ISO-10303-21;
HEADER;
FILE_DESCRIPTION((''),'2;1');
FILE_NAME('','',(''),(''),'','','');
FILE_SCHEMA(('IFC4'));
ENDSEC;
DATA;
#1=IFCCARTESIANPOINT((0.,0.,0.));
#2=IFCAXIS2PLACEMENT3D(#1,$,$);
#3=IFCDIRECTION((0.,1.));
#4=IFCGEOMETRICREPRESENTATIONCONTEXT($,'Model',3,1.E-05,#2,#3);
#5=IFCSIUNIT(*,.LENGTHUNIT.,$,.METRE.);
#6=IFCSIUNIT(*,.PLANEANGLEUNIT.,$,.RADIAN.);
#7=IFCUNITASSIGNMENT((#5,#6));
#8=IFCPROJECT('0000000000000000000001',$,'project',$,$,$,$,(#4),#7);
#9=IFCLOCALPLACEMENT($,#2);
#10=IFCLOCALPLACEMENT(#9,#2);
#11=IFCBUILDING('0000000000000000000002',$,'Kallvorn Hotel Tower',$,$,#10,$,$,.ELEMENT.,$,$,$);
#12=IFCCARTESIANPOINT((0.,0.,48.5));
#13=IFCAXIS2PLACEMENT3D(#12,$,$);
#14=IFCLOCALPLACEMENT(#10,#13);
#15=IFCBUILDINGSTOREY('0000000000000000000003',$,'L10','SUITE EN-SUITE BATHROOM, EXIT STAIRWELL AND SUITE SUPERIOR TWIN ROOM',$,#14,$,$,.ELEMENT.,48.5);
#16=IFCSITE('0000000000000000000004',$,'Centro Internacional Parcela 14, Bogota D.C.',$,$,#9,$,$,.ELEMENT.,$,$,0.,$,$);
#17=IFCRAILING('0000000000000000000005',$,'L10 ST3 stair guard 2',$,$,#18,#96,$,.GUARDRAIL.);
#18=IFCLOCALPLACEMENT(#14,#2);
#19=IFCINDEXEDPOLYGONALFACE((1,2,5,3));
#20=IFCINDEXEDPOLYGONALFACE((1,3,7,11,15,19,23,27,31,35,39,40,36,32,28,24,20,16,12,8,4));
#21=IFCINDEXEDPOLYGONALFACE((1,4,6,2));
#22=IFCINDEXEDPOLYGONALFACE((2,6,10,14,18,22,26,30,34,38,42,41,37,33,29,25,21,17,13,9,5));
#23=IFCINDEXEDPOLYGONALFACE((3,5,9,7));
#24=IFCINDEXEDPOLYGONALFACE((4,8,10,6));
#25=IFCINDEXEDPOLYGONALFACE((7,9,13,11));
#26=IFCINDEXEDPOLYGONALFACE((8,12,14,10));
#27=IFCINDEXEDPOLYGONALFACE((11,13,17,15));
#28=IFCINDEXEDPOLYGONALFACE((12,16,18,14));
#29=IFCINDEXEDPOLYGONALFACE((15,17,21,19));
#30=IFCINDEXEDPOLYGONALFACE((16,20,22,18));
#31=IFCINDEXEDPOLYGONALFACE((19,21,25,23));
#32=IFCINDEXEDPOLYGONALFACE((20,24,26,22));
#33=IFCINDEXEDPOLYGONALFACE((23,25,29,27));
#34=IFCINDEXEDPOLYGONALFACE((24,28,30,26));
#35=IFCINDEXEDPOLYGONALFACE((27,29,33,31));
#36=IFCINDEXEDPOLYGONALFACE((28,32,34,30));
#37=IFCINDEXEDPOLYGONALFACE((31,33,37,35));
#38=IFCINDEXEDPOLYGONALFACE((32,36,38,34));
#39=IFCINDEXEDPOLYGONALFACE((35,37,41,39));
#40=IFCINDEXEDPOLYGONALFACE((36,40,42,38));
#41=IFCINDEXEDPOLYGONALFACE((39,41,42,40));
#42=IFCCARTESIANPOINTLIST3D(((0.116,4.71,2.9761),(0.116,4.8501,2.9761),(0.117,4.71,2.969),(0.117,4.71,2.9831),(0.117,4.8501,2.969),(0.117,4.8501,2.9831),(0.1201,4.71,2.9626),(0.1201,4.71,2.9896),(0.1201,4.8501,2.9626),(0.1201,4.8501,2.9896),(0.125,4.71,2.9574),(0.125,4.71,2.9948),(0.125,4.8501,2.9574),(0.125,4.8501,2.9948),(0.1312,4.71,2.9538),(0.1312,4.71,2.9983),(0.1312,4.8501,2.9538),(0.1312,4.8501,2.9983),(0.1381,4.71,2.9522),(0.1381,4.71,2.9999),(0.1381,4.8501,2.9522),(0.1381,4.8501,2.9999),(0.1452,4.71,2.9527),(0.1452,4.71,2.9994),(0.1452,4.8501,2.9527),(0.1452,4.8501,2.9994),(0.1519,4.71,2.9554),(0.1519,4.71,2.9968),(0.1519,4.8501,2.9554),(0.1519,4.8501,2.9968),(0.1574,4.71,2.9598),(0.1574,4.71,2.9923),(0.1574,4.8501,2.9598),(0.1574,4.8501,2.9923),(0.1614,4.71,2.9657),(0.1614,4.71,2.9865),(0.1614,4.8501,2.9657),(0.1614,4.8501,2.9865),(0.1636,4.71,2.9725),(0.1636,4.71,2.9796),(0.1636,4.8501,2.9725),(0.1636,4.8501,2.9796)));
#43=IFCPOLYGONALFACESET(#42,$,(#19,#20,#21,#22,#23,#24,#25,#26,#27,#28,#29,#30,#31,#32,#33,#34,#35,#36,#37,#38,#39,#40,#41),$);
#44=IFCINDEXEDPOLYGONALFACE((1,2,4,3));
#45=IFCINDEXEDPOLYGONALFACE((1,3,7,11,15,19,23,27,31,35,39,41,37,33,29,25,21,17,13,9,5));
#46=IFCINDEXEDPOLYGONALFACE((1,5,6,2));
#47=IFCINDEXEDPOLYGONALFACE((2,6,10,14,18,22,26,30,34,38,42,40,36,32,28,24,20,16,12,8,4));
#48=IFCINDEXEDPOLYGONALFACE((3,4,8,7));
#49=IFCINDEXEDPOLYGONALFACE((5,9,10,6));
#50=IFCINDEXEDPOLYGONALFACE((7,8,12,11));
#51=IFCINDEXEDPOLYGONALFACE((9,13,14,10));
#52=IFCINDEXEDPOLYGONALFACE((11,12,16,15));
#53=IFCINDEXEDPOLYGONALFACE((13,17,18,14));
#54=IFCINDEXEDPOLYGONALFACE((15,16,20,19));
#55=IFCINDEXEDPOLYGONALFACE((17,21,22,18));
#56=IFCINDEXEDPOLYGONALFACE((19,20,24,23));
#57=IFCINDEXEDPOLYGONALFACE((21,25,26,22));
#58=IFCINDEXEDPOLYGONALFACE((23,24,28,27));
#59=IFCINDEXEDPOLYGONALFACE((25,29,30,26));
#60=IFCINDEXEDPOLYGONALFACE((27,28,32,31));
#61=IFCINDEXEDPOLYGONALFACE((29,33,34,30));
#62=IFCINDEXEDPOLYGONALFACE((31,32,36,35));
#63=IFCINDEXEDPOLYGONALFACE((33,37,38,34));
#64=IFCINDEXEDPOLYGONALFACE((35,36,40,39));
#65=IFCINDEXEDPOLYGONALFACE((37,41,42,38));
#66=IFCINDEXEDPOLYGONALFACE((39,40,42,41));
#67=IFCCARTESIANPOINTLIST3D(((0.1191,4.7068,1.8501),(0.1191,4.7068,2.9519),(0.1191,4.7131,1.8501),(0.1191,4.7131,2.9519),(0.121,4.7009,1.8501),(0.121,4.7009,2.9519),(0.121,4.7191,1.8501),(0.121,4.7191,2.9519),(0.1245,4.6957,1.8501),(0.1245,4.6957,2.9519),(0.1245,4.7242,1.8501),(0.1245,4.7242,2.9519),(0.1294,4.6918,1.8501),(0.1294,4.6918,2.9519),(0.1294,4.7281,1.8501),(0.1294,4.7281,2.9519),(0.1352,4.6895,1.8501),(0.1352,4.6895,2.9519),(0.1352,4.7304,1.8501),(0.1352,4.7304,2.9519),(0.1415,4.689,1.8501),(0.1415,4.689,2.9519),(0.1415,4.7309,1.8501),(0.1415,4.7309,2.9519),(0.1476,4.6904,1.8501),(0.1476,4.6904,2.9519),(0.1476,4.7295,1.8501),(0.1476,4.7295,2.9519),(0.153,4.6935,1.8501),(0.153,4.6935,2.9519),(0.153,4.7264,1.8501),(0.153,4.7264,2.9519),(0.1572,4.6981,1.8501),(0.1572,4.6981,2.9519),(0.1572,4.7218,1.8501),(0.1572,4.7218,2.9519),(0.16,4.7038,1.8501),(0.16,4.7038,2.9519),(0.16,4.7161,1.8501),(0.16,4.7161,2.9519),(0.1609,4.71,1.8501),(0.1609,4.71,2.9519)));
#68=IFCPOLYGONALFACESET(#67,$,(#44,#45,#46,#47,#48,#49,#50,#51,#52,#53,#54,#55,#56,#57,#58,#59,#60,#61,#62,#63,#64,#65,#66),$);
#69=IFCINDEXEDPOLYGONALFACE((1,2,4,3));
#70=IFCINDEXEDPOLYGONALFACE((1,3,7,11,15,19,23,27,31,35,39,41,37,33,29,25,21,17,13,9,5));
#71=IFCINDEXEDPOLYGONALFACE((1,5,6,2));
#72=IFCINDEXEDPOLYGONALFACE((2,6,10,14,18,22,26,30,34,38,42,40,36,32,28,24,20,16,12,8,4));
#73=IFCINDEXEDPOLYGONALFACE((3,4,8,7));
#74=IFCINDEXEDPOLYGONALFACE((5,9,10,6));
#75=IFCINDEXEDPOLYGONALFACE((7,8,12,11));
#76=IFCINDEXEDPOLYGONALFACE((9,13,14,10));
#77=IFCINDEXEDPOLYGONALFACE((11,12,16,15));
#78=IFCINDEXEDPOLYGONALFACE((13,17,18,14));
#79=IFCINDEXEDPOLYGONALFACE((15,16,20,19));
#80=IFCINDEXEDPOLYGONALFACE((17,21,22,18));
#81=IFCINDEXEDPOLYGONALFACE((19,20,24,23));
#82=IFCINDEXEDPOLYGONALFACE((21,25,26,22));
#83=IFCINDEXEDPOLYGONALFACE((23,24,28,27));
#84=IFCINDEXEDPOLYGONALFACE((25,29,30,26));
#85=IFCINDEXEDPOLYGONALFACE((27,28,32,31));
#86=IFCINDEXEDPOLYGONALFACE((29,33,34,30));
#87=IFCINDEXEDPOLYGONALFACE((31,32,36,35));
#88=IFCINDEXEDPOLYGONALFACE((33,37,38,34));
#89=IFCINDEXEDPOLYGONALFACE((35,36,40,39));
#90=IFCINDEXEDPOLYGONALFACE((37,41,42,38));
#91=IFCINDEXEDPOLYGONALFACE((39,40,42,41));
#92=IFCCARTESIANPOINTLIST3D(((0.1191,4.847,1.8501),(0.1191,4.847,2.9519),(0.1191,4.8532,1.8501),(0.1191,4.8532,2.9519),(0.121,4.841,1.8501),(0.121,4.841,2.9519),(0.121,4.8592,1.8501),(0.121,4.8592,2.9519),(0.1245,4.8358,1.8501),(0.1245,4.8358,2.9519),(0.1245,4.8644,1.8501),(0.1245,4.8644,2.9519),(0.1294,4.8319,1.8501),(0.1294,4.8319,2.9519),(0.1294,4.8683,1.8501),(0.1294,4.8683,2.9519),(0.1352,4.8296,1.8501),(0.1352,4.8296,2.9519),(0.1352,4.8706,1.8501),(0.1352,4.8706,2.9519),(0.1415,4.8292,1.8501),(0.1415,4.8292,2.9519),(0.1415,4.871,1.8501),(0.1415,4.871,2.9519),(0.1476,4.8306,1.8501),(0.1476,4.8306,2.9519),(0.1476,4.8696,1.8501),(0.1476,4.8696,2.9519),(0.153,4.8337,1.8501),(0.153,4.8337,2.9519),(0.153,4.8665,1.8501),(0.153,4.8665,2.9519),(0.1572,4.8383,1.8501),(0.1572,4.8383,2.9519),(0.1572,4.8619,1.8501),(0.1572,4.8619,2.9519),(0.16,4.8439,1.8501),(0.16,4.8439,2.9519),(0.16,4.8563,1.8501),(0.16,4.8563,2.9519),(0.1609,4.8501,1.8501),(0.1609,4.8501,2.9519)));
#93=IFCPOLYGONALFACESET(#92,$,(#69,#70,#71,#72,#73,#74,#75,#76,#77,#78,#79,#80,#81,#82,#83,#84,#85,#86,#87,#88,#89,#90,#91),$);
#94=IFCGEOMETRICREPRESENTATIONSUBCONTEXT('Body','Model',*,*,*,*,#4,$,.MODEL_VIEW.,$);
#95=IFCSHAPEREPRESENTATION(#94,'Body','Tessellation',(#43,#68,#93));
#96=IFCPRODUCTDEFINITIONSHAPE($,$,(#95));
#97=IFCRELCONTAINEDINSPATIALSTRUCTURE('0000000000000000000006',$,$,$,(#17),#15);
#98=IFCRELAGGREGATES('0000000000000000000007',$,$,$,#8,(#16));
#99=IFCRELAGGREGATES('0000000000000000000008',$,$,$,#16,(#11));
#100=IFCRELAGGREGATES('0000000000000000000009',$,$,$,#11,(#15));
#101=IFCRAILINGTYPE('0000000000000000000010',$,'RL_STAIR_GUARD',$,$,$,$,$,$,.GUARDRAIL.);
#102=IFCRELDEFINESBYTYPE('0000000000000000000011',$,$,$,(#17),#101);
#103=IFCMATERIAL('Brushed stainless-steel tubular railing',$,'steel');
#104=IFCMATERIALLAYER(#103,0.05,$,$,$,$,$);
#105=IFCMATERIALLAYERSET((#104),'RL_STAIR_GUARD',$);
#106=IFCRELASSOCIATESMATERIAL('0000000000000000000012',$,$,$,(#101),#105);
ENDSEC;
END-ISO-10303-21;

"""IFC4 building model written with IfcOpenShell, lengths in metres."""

from ifc_helpers import new_model, si_unit, direction, frame, origin, origin_2d, place, context, subcontext, project, spatial, circle, extrude, material, layer, layer_set, type_object, element, save


model = new_model("IFC4")

# Units and contexts
model_context = context("Model", 3, precision=1e-05, world=origin(), true_north=direction((0.0, 1.0)))
body_context = subcontext(model_context, "Body", "Model", "MODEL_VIEW")
ifc_project = project(units=[si_unit("LENGTHUNIT", "METRE"), si_unit("PLANEANGLEUNIT", "RADIAN")], contexts=[model_context])

# Site, building, storey
site_placement = place(None, origin())
site = spatial("IfcSite", under=ifc_project, at=site_placement, Name="Centro Internacional Parcela 14, Bogota D.C.", CompositionType="ELEMENT", RefElevation=0.0)
building_placement = place(site_placement, origin())
building = spatial("IfcBuilding", under=site, at=building_placement, Name="Kallvorn Hotel Tower", CompositionType="ELEMENT")
storey_placement = place(building_placement, frame((0.0, 0.0, 48.5)))
storey = spatial("IfcBuildingStorey", under=building, at=storey_placement, Name="L10", Description="SUITE EN-SUITE BATHROOM, EXIT STAIRWELL AND SUITE SUPERIOR TWIN ROOM", CompositionType="ELEMENT", Elevation=48.5)

# Railing
ifc_material_1 = material(Name="Brushed stainless-steel tubular railing", Category="steel")
ifc_layer_1 = layer(ifc_material_1, 0.05)
ifc_layer_set_1 = layer_set([ifc_layer_1], Name="RL_STAIR_GUARD")
railing_type_1 = type_object("IfcRailingType", Name="RL_STAIR_GUARD", PredefinedType="GUARDRAIL", material=ifc_layer_set_1)
railing_1_placement = place(storey_placement, frame((0.1399, 4.71, 1.8501)))
element("IfcRailing", 1, at=railing_1_placement, inside=storey, type_object=railing_type_1, Name="L10 ST3 stair guard 2", PredefinedType="GUARDRAIL", context=body_context, shape_type="SweptSolid", body=[
    extrude(circle(Radius=0.0239, at=origin_2d()), frame((0.0, 0.0, 1.126), z_axis=(0.0, 1.0, 0.0), x_axis=(-1.0, 0.0, 0.0)), (0.0, 0.0, 1.0), 0.1401),
    extrude(circle(Radius=0.021, at=origin_2d()), origin(), (0.0, 0.0, 1.0), 1.1018),
    extrude(circle(Radius=0.021, at=origin_2d()), frame((0.0, 0.1401, 0.0)), (0.0, 0.0, 1.0), 1.1018),
])

save(model, "model.ifc")
